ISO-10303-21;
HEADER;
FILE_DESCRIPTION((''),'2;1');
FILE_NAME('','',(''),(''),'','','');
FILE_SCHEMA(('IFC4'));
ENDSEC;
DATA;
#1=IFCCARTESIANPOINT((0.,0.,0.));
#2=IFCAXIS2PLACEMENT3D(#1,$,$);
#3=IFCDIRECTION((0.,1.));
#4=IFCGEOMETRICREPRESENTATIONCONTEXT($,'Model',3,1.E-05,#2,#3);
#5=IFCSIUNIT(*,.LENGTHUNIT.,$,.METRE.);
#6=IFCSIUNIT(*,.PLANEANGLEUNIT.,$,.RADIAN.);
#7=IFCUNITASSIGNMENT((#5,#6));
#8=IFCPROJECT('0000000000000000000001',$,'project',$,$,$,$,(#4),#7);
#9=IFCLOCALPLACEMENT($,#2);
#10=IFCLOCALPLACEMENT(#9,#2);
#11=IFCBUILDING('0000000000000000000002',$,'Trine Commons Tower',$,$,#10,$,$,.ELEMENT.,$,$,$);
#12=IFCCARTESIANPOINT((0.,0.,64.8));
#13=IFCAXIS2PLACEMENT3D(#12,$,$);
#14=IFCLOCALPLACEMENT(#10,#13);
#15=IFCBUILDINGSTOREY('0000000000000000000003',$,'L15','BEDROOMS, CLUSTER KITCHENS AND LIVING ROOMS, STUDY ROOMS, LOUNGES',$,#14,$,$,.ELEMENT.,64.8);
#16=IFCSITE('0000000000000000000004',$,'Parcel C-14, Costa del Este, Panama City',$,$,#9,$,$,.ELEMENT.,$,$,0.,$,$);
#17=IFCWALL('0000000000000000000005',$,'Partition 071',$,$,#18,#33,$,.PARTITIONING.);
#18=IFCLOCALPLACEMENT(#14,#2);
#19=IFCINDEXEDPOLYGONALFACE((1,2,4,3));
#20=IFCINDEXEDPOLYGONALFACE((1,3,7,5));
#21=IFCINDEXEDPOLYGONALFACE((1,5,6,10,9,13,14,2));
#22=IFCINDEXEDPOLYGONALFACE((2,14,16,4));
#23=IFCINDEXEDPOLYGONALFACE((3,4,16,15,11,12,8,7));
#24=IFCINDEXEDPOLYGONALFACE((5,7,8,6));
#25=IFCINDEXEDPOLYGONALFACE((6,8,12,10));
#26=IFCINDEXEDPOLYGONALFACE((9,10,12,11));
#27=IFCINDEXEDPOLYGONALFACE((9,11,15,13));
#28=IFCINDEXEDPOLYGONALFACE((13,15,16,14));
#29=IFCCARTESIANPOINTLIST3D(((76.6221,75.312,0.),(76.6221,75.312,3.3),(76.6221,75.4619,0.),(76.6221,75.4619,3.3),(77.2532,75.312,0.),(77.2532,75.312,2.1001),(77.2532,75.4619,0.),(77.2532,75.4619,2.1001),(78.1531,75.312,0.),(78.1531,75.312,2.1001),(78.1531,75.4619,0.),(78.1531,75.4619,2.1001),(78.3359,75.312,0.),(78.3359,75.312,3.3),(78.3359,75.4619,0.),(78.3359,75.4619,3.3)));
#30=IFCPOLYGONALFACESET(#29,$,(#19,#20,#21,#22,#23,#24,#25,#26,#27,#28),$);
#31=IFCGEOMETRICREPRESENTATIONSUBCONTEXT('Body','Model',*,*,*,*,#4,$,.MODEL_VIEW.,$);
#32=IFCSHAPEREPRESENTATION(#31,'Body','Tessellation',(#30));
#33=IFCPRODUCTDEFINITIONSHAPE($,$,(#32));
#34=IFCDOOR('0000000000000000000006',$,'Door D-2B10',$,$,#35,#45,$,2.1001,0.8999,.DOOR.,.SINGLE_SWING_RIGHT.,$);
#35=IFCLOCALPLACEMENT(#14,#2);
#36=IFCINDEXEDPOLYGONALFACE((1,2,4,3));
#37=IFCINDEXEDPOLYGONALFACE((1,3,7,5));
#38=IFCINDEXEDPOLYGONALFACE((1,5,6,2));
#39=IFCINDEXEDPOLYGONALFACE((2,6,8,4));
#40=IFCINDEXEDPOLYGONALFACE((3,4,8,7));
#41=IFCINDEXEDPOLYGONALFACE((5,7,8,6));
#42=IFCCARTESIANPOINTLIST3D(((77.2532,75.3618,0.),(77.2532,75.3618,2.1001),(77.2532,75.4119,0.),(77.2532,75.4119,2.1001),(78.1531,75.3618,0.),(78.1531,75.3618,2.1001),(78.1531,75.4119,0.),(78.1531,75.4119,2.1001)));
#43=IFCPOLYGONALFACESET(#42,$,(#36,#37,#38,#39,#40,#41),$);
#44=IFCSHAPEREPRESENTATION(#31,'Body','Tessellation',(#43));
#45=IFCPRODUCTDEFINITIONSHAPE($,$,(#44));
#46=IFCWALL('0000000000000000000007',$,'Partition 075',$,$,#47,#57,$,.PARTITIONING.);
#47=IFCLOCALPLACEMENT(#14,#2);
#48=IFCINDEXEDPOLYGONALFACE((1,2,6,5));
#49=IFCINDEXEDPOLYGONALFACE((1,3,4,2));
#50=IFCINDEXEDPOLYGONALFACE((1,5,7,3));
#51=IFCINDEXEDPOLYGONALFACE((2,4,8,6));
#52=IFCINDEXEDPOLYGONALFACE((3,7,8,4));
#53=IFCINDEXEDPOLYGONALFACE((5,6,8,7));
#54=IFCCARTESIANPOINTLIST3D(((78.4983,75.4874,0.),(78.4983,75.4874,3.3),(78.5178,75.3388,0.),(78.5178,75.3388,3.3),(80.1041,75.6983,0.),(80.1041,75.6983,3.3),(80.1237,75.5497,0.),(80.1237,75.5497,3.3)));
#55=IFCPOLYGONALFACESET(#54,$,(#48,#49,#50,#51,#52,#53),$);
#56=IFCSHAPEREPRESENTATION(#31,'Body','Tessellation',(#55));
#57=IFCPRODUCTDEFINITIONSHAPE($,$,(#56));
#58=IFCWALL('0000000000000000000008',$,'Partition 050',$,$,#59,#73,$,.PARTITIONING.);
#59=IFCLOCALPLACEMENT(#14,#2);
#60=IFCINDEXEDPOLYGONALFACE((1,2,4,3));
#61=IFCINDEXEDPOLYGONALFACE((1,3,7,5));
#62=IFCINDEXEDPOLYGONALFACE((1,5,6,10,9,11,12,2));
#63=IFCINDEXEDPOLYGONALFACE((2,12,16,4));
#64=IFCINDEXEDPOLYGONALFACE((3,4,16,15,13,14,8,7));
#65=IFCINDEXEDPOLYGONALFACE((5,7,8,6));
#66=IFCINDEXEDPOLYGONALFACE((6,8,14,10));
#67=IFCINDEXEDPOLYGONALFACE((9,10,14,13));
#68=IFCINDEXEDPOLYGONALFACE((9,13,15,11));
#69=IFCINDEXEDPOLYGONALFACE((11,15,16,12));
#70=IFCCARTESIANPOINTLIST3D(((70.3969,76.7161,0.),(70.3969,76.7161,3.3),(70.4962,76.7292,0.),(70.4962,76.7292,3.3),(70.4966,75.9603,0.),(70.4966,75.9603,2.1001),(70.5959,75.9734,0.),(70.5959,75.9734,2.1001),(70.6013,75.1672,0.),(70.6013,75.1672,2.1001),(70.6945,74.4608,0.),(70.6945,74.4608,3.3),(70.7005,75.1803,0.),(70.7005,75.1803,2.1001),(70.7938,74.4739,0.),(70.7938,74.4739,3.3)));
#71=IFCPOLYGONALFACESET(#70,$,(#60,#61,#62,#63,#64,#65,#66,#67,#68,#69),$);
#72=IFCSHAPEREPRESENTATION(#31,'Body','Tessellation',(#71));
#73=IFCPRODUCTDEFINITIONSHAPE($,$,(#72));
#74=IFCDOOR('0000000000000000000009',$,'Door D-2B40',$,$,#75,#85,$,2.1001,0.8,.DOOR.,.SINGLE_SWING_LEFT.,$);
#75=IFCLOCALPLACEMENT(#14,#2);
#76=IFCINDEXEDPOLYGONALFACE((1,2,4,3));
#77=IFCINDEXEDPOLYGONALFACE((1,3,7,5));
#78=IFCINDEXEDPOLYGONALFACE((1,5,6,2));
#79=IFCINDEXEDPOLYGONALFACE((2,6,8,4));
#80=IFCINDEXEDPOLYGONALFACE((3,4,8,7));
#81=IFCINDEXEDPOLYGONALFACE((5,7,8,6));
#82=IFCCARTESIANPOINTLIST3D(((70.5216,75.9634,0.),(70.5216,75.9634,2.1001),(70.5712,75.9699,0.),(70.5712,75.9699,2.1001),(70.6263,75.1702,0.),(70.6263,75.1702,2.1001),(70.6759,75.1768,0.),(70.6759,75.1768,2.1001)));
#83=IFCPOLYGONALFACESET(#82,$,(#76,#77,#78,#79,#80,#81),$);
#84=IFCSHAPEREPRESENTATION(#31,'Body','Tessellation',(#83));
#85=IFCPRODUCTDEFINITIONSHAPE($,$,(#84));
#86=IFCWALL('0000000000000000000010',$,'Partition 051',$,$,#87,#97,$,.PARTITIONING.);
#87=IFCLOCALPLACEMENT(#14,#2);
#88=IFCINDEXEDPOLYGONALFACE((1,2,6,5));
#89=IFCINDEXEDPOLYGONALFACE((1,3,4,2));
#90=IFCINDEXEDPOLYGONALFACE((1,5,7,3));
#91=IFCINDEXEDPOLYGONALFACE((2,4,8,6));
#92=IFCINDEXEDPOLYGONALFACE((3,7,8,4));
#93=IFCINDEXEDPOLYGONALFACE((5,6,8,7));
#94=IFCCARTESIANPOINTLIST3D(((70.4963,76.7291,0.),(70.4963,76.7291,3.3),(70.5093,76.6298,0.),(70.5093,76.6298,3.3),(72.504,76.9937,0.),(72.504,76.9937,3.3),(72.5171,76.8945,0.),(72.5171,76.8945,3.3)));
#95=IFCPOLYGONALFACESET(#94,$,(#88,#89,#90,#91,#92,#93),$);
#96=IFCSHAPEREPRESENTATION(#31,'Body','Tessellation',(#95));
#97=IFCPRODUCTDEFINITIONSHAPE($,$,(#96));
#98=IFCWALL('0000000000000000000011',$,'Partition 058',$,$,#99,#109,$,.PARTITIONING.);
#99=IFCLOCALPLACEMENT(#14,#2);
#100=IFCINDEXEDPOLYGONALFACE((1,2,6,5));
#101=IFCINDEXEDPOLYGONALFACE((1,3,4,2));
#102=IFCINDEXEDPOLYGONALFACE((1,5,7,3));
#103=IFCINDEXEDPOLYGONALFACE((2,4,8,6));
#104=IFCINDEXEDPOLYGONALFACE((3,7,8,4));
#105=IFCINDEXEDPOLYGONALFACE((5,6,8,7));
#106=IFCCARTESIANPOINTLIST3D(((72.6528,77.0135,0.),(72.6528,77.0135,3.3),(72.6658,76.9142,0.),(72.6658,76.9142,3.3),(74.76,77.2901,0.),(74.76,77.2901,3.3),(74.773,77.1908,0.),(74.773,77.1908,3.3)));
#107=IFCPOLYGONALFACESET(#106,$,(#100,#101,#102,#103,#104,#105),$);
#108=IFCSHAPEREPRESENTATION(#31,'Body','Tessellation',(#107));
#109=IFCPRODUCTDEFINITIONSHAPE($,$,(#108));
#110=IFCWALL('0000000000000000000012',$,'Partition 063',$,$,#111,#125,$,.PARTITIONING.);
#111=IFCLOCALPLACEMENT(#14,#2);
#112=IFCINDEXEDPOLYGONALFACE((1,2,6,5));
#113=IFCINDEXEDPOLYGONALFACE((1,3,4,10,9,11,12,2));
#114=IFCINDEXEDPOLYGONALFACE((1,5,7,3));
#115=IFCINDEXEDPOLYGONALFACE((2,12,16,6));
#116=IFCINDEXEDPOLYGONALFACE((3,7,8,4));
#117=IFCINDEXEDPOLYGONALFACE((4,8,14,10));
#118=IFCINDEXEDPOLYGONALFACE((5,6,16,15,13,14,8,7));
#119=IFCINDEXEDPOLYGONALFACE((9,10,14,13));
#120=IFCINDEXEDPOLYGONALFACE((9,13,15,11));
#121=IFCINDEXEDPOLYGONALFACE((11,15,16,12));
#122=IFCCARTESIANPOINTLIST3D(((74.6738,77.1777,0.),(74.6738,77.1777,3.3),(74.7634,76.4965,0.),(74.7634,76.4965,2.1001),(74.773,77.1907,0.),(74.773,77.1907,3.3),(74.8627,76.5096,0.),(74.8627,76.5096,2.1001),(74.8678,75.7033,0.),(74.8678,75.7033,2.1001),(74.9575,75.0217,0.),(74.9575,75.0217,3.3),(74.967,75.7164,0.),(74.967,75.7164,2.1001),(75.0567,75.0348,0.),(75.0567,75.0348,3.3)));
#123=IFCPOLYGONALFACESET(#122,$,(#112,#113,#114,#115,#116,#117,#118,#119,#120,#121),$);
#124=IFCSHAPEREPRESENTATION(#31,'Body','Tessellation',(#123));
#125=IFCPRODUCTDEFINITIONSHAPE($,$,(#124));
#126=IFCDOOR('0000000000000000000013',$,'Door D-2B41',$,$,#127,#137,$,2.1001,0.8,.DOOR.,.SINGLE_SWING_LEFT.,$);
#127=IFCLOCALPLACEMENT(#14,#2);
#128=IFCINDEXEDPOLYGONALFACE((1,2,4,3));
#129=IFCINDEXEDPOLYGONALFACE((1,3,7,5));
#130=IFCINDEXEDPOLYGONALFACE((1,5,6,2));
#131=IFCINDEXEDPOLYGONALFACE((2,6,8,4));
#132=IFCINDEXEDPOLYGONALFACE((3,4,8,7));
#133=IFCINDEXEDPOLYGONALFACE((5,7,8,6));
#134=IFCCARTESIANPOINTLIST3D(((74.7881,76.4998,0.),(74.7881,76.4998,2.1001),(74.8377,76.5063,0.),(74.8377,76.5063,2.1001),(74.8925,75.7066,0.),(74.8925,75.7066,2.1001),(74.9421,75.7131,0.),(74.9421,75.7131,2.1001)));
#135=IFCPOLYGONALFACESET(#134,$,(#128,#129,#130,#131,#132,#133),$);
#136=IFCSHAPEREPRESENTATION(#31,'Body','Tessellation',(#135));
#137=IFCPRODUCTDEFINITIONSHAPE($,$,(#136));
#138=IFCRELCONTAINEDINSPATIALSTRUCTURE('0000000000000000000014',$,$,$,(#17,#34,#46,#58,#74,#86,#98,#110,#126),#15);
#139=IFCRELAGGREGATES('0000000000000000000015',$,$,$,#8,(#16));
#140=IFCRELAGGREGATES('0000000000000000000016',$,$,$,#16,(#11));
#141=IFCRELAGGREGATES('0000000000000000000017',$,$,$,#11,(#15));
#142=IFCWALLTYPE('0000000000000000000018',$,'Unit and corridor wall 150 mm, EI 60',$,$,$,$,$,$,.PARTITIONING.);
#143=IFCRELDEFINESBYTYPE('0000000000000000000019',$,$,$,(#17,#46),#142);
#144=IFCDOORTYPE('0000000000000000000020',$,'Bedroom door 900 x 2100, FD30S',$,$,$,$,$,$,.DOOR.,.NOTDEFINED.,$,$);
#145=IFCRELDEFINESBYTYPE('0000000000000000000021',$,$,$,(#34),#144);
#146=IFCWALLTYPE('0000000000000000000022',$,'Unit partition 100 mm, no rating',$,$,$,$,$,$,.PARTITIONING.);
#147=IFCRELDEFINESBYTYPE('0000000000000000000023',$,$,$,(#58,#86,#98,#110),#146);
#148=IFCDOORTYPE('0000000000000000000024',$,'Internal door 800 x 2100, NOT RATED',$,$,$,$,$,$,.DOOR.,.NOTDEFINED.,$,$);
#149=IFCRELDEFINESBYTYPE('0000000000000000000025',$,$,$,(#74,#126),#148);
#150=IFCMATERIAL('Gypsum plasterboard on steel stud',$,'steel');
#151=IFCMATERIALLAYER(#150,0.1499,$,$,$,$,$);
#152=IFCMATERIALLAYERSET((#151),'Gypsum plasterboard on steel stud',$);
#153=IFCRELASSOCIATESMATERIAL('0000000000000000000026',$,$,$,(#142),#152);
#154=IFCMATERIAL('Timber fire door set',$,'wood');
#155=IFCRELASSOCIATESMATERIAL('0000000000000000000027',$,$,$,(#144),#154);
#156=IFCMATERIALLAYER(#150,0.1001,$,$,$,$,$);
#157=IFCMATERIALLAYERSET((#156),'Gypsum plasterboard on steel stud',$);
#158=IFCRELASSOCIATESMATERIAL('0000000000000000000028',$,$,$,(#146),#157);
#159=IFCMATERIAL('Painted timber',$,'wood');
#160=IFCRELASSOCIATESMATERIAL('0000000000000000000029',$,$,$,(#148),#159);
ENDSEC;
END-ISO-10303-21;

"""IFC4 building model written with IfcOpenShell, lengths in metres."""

from ifc_helpers import new_model, si_unit, direction, frame, frame_2d, origin, place, context, subcontext, project, spatial, rectangle, extrude, material, layer, layer_set, type_object, element, fill, save


model = new_model("IFC4")

# Units and contexts
model_context = context("Model", 3, precision=1e-05, world=origin(), true_north=direction((0.0, 1.0)))
body_context = subcontext(model_context, "Body", "Model", "MODEL_VIEW")
ifc_project = project(units=[si_unit("LENGTHUNIT", "METRE"), si_unit("PLANEANGLEUNIT", "RADIAN")], contexts=[model_context])

# Site, building, storey
site_placement = place(None, origin())
site = spatial("IfcSite", under=ifc_project, at=site_placement, Name="Parcel C-14, Costa del Este, Panama City", CompositionType="ELEMENT", RefElevation=0.0)
building_placement = place(site_placement, origin())
building = spatial("IfcBuilding", under=site, at=building_placement, Name="Trine Commons Tower", CompositionType="ELEMENT")
storey_placement = place(building_placement, frame((0.0, 0.0, 64.8)))
storey = spatial("IfcBuildingStorey", under=building, at=storey_placement, Name="L15", Description="BEDROOMS, CLUSTER KITCHENS AND LIVING ROOMS, STUDY ROOMS, LOUNGES", CompositionType="ELEMENT", Elevation=64.8)

# Shared definitions
ifc_material_1 = material(Name="Gypsum plasterboard on steel stud", Category="steel")
ifc_layer_1 = layer(ifc_material_1, 0.1499)
ifc_layer_set_1 = layer_set([ifc_layer_1], Name="Gypsum plasterboard on steel stud")
wall_type_1 = type_object("IfcWallType", Name="Unit and corridor wall 150 mm, EI 60", PredefinedType="PARTITIONING", material=ifc_layer_set_1)

# Shared definitions
ifc_material_2 = material(Name="Timber fire door set", Category="wood")
door_type_1 = type_object("IfcDoorType", Name="Bedroom door 900 x 2100, FD30S", OperationType="NOTDEFINED", PredefinedType="DOOR", material=ifc_material_2)

# Wall, opening, door
wall_1_placement = place(storey_placement, frame((76.6221, 75.387, 0.0), z_axis=(0.0, 0.0, 1.0), x_axis=(1.0, 0.0, 0.0)))
wall_1 = element("IfcWall", 1, at=wall_1_placement, inside=storey, type_object=wall_type_1, Name="Partition 071", PredefinedType="PARTITIONING", context=body_context, shape_type="SweptSolid", body=[
    extrude(rectangle(XDim=1.7139, YDim=0.1499, at=frame_2d((0.8569, 0.0))), origin(), (0.0, 0.0, 1.0), 3.3),
])
opening_1_placement = place(wall_1_placement, frame((0.6311, 0.0, 0.0)))
opening_1 = element("IfcOpeningElement", 2, at=opening_1_placement, cuts=wall_1, PredefinedType="OPENING", context=body_context, shape_type="SweptSolid", body=[
    extrude(rectangle(XDim=0.8999, YDim=2.1001, at=frame_2d((0.45, 1.05))), frame((0.0, 0.085, 0.0), z_axis=(0.0, -1.0, 0.0), x_axis=(1.0, 0.0, 0.0)), (0.0, 0.0, 1.0), 0.1699),
])
door_1_placement = place(opening_1_placement, origin())
door_1 = element("IfcDoor", 3, at=door_1_placement, inside=storey, type_object=door_type_1, Name="Door D-2B10", OperationType="SINGLE_SWING_RIGHT", OverallHeight=2.1001, OverallWidth=0.8999, PredefinedType="DOOR", context=body_context, shape_type="SweptSolid", body=[
    extrude(rectangle(XDim=0.8999, YDim=2.1001, at=frame_2d((0.45, 1.05))), frame((0.0, 0.0249, 0.0), z_axis=(0.0, -1.0, 0.0), x_axis=(1.0, 0.0, 0.0)), (0.0, 0.0, 1.0), 0.05),
])
fill(opening_1, door_1)

# Wall
wall_2_placement = place(storey_placement, frame((78.5081, 75.4131, 0.0), z_axis=(0.0, 0.0, 1.0), x_axis=(0.991484, 0.130228, 0.0)))
element("IfcWall", 4, at=wall_2_placement, inside=storey, type_object=wall_type_1, Name="Partition 075", PredefinedType="PARTITIONING", context=body_context, shape_type="SweptSolid", body=[
    extrude(rectangle(XDim=1.6196, YDim=0.1499, at=frame_2d((0.8098, 0.0))), origin(), (0.0, 0.0, 1.0), 3.3),
])

# Wall, opening, door
ifc_layer_2 = layer(ifc_material_1, 0.1001)
ifc_layer_set_2 = layer_set([ifc_layer_2], Name="Gypsum plasterboard on steel stud")
wall_type_2 = type_object("IfcWallType", Name="Unit partition 100 mm, no rating", PredefinedType="PARTITIONING", material=ifc_layer_set_2)
wall_3_placement = place(storey_placement, frame((70.4465, 76.7227, 0.0), z_axis=(0.0, 0.0, 1.0), x_axis=(0.130821, -0.991406, 0.0)))
wall_3 = element("IfcWall", 5, at=wall_3_placement, inside=storey, type_object=wall_type_2, Name="Partition 050", PredefinedType="PARTITIONING", context=body_context, shape_type="SweptSolid", body=[
    extrude(rectangle(XDim=2.2749, YDim=0.1001, at=frame_2d((1.1375, 0.0))), origin(), (0.0, 0.0, 1.0), 3.3),
])
opening_2_placement = place(wall_3_placement, frame((0.7625, 0.0, 0.0)))
opening_2 = element("IfcOpeningElement", 6, at=opening_2_placement, cuts=wall_3, PredefinedType="OPENING", context=body_context, shape_type="SweptSolid", body=[
    extrude(rectangle(XDim=0.8, YDim=2.1001, at=frame_2d((0.3999, 1.05))), frame((0.0, 0.0601, 0.0), z_axis=(0.0, -1.0, 0.0), x_axis=(1.0, 0.0, 0.0)), (0.0, 0.0, 1.0), 0.1201),
])
ifc_material_3 = material(Name="Painted timber", Category="wood")
door_type_2 = type_object("IfcDoorType", Name="Internal door 800 x 2100, NOT RATED", OperationType="NOTDEFINED", PredefinedType="DOOR", material=ifc_material_3)
door_2_placement = place(opening_2_placement, frame((0.8, 0.0, 0.0), z_axis=(0.0, 0.0, 1.0), x_axis=(-1.0, 0.0, 0.0)))
door_2 = element("IfcDoor", 7, at=door_2_placement, inside=storey, type_object=door_type_2, Name="Door D-2B40", OperationType="SINGLE_SWING_LEFT", OverallHeight=2.1001, OverallWidth=0.8, PredefinedType="DOOR", context=body_context, shape_type="SweptSolid", body=[
    extrude(rectangle(XDim=0.8, YDim=2.1001, at=frame_2d((0.3999, 1.05))), frame((0.0, 0.0249, 0.0), z_axis=(0.0, -1.0, 0.0), x_axis=(1.0, 0.0, 0.0)), (0.0, 0.0, 1.0), 0.05),
])
fill(opening_2, door_2)

# Walls
wall_4_placement = place(storey_placement, frame((70.5027, 76.6794, 0.0), z_axis=(0.0, 0.0, 1.0), x_axis=(0.991425, 0.130679, 0.0)))
element("IfcWall", 8, at=wall_4_placement, inside=storey, type_object=wall_type_2, Name="Partition 051", PredefinedType="PARTITIONING", context=body_context, shape_type="SweptSolid", body=[
    extrude(rectangle(XDim=2.0251, YDim=0.1001, at=frame_2d((1.0127, 0.0))), origin(), (0.0, 0.0, 1.0), 3.3),
])
wall_5_placement = place(storey_placement, frame((72.6594, 76.9639, 0.0), z_axis=(0.0, 0.0, 1.0), x_axis=(0.991494, 0.130154, 0.0)))
element("IfcWall", 9, at=wall_5_placement, inside=storey, type_object=wall_type_2, Name="Partition 058", PredefinedType="PARTITIONING", context=body_context, shape_type="SweptSolid", body=[
    extrude(rectangle(XDim=2.1252, YDim=0.1001, at=frame_2d((1.0625, 0.0))), origin(), (0.0, 0.0, 1.0), 3.3),
])

# Wall, opening, door
wall_6_placement = place(storey_placement, frame((74.7234, 77.1843, 0.0), z_axis=(0.0, 0.0, 1.0), x_axis=(0.130457, -0.991454, 0.0)))
wall_6 = element("IfcWall", 10, at=wall_6_placement, inside=storey, type_object=wall_type_2, Name="Partition 063", PredefinedType="PARTITIONING", context=body_context, shape_type="SweptSolid", body=[
    extrude(rectangle(XDim=2.1746, YDim=0.1001, at=frame_2d((1.0874, 0.0))), origin(), (0.0, 0.0, 1.0), 3.3),
])
opening_3_placement = place(wall_6_placement, frame((0.6873, 0.0, 0.0)))
opening_3 = element("IfcOpeningElement", 11, at=opening_3_placement, cuts=wall_6, PredefinedType="OPENING", context=body_context, shape_type="SweptSolid", body=[
    extrude(rectangle(XDim=0.8, YDim=2.1001, at=frame_2d((0.3999, 1.05))), frame((0.0, 0.0601, 0.0), z_axis=(0.0, -1.0, 0.0), x_axis=(1.0, 0.0, 0.0)), (0.0, 0.0, 1.0), 0.1201),
])
door_3_placement = place(opening_3_placement, origin())
door_3 = element("IfcDoor", 12, at=door_3_placement, inside=storey, type_object=door_type_2, Name="Door D-2B41", OperationType="SINGLE_SWING_LEFT", OverallHeight=2.1001, OverallWidth=0.8, PredefinedType="DOOR", context=body_context, shape_type="SweptSolid", body=[
    extrude(rectangle(XDim=0.8, YDim=2.1001, at=frame_2d((0.3999, 1.05))), frame((0.0, 0.0249, 0.0), z_axis=(0.0, -1.0, 0.0), x_axis=(1.0, 0.0, 0.0)), (0.0, 0.0, 1.0), 0.05),
])
fill(opening_3, door_3)

save(model, "model.ifc")
